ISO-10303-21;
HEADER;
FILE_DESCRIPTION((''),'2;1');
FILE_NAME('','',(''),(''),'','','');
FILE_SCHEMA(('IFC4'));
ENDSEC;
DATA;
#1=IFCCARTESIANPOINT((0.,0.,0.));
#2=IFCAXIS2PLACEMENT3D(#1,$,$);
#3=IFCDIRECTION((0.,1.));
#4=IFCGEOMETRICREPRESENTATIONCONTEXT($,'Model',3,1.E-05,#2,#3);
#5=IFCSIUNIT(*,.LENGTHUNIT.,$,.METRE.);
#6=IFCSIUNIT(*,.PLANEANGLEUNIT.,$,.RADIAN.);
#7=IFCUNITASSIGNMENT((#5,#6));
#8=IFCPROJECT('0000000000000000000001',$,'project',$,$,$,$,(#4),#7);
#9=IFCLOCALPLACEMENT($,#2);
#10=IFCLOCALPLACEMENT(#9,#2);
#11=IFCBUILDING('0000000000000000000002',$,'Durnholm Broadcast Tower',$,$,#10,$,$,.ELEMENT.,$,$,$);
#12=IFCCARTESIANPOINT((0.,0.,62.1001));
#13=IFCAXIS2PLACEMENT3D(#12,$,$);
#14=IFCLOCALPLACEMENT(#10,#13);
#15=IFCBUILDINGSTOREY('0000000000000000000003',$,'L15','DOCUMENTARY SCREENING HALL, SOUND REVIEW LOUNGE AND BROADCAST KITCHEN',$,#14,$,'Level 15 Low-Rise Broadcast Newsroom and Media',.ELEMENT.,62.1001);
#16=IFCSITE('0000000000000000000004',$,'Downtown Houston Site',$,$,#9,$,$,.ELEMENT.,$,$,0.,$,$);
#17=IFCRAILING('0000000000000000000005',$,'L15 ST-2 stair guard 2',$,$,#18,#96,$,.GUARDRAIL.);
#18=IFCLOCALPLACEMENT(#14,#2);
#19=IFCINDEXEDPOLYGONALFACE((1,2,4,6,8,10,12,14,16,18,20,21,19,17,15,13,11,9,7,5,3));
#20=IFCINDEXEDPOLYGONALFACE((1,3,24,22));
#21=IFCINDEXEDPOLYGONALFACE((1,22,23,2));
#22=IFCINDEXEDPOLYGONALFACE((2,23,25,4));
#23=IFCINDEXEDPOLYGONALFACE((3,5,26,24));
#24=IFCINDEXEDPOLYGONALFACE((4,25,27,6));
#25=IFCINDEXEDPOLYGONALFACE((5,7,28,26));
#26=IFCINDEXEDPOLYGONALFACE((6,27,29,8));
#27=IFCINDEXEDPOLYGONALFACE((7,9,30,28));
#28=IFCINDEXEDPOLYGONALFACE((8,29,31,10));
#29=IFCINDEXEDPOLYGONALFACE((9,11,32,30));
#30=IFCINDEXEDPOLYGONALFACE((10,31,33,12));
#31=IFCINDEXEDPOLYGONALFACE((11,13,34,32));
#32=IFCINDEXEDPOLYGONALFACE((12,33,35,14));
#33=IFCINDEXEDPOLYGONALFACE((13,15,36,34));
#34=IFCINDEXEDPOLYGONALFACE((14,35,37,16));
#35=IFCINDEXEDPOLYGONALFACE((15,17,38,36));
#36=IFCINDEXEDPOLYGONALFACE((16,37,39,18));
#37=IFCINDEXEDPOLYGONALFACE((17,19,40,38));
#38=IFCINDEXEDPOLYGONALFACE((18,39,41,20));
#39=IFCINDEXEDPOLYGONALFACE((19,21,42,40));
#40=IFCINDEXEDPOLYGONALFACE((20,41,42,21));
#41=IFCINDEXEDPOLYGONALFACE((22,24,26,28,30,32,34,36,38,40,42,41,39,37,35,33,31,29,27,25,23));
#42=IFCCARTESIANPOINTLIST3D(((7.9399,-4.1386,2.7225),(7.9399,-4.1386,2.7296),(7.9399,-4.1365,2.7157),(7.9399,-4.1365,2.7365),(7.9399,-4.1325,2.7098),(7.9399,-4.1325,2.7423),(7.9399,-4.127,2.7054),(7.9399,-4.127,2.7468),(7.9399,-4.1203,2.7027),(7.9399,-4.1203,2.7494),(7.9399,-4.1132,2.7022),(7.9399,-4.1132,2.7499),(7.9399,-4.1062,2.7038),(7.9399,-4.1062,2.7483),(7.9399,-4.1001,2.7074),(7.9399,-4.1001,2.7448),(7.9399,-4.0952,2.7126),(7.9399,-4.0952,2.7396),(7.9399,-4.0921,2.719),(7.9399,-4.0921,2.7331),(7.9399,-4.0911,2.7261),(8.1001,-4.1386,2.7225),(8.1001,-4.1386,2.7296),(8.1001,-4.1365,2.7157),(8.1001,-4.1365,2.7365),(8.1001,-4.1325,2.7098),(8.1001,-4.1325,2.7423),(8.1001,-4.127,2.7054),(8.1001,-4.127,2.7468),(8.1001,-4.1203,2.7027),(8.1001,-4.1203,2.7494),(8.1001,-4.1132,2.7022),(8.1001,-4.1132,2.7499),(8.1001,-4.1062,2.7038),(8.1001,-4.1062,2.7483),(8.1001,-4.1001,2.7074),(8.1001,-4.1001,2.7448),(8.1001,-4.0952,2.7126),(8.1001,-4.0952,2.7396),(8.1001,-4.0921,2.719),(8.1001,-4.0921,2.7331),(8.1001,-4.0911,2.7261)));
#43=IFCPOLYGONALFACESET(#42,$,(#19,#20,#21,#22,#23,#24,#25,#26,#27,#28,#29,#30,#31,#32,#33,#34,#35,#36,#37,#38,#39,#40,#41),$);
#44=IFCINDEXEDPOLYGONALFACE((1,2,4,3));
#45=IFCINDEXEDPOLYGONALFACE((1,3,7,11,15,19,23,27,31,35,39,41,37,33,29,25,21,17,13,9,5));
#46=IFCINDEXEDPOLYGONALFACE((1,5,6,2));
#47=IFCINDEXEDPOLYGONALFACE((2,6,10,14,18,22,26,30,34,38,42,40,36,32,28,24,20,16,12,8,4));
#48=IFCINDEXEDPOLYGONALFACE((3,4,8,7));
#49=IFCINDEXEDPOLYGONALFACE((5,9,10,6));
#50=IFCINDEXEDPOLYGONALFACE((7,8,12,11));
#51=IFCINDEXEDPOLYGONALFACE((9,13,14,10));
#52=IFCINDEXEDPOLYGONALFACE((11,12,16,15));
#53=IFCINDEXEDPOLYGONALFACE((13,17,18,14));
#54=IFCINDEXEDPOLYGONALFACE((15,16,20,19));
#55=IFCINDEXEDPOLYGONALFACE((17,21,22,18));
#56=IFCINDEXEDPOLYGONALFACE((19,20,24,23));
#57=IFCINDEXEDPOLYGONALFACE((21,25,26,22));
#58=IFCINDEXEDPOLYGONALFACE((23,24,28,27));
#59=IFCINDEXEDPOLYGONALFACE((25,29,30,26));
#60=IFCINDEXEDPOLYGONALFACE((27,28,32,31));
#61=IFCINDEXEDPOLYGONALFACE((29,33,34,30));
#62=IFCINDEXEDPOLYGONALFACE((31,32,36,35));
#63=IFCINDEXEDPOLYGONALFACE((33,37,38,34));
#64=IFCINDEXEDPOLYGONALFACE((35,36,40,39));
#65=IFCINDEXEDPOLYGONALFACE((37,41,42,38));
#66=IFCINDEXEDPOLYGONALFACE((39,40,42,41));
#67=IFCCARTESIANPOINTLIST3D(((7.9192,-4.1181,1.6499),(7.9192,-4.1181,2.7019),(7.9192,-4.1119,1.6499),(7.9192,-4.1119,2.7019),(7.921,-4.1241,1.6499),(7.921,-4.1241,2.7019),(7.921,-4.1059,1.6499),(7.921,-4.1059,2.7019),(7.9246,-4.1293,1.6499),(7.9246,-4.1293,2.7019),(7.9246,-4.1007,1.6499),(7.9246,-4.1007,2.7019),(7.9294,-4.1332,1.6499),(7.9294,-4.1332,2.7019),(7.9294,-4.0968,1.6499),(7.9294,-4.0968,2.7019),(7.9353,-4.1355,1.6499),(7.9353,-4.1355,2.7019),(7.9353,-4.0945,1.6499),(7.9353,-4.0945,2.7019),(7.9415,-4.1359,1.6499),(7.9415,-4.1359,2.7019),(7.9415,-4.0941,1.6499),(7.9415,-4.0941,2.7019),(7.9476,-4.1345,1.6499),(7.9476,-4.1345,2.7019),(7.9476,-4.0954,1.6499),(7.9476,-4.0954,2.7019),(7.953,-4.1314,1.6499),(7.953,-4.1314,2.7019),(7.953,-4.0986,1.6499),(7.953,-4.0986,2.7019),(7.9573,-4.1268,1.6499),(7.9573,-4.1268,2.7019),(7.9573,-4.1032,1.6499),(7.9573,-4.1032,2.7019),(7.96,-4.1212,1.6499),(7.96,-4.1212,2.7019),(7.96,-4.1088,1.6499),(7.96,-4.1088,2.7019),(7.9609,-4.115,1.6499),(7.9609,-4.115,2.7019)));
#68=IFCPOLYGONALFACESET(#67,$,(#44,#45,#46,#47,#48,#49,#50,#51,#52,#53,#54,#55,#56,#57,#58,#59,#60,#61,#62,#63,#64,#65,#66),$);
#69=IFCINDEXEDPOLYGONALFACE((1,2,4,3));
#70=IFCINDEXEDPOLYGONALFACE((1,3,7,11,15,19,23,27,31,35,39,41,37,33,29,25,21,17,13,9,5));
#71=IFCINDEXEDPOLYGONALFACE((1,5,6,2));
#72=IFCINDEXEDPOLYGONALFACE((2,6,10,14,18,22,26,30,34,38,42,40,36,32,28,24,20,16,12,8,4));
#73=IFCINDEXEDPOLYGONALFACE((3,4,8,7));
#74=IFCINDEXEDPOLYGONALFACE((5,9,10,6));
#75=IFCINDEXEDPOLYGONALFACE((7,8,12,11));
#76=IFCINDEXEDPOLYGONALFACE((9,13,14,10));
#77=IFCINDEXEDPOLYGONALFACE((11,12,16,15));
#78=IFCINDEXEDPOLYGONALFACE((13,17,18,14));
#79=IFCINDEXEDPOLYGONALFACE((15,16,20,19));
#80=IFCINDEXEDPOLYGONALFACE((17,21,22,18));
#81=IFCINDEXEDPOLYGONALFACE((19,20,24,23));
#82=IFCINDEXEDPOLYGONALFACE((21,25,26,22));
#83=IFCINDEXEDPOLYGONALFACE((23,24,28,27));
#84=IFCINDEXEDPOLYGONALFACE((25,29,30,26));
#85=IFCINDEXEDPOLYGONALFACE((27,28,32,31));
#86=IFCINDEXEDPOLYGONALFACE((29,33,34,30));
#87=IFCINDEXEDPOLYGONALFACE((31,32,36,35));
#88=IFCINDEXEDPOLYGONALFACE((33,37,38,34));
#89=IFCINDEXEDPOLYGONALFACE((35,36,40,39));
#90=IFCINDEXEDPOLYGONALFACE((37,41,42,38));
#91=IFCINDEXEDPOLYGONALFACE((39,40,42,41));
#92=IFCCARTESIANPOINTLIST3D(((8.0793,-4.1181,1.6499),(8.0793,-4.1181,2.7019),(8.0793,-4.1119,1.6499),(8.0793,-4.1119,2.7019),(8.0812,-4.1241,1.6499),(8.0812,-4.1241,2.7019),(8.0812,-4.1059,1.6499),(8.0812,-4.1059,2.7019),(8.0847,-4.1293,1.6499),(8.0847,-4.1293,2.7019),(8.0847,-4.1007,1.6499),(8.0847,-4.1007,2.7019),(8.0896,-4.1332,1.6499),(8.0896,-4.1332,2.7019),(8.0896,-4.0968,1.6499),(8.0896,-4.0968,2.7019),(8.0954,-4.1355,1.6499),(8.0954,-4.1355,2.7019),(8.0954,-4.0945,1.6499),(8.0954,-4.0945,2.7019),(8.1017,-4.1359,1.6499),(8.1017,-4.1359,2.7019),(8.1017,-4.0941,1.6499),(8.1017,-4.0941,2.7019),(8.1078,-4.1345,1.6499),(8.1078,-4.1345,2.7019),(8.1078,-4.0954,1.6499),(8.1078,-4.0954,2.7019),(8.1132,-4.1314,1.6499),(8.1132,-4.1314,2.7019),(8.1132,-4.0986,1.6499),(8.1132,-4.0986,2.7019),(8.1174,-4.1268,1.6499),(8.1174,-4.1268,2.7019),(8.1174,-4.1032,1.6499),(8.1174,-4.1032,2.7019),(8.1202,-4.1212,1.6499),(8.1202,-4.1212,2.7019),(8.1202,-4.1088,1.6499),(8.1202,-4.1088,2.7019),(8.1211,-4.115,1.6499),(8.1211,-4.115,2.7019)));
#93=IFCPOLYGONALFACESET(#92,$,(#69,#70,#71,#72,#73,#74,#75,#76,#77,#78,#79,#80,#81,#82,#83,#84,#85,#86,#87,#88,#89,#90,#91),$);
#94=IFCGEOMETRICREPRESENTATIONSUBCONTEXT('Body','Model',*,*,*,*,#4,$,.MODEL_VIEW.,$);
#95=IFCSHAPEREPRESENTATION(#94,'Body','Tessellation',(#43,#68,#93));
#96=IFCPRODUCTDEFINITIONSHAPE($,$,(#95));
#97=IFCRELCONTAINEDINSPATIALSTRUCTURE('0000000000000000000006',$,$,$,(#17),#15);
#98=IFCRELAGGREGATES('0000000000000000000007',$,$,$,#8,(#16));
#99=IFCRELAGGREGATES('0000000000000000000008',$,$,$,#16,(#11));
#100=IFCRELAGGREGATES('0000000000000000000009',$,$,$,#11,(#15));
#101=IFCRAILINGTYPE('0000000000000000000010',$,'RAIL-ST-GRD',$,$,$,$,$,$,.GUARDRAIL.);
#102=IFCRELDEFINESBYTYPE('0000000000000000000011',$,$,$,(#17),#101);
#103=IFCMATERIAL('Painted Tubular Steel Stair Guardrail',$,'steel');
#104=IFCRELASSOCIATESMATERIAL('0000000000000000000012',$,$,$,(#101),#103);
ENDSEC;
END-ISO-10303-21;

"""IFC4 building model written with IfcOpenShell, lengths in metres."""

from ifc_helpers import new_model, si_unit, direction, frame, origin, origin_2d, place, context, subcontext, project, spatial, circle, extrude, material, type_object, element, save


model = new_model("IFC4")

# Units and contexts
model_context = context("Model", 3, precision=1e-05, world=origin(), true_north=direction((0.0, 1.0)))
body_context = subcontext(model_context, "Body", "Model", "MODEL_VIEW")
ifc_project = project(units=[si_unit("LENGTHUNIT", "METRE"), si_unit("PLANEANGLEUNIT", "RADIAN")], contexts=[model_context])

# Site, building, storey
site_placement = place(None, origin())
site = spatial("IfcSite", under=ifc_project, at=site_placement, Name="Downtown Houston Site", CompositionType="ELEMENT", RefElevation=0.0)
building_placement = place(site_placement, origin())
building = spatial("IfcBuilding", under=site, at=building_placement, Name="Durnholm Broadcast Tower", CompositionType="ELEMENT")
storey_placement = place(building_placement, frame((0.0, 0.0, 62.1001)))
storey = spatial("IfcBuildingStorey", under=building, at=storey_placement, Name="L15", Description="DOCUMENTARY SCREENING HALL, SOUND REVIEW LOUNGE AND BROADCAST KITCHEN", LongName="Level 15 Low-Rise Broadcast Newsroom and Media", CompositionType="ELEMENT", Elevation=62.1001)

# Railing
ifc_material_1 = material(Name="Painted Tubular Steel Stair Guardrail", Category="steel")
railing_type_1 = type_object("IfcRailingType", Name="RAIL-ST-GRD", PredefinedType="GUARDRAIL", material=ifc_material_1)
railing_1_placement = place(storey_placement, frame((7.9399, -4.115, 1.6499)))
element("IfcRailing", 1, at=railing_1_placement, inside=storey, type_object=railing_type_1, Name="L15 ST-2 stair guard 2", PredefinedType="GUARDRAIL", context=body_context, shape_type="SweptSolid", body=[
    extrude(circle(Radius=0.0239, at=origin_2d()), frame((0.0, 0.0, 1.0762), z_axis=(1.0, 0.0, 0.0), x_axis=(0.0, 1.0, 0.0)), (0.0, 0.0, 1.0), 0.1602),
    extrude(circle(Radius=0.021, at=origin_2d()), origin(), (0.0, 0.0, 1.0), 1.052),
    extrude(circle(Radius=0.021, at=origin_2d()), frame((0.1602, 0.0, 0.0)), (0.0, 0.0, 1.0), 1.052),
])

save(model, "model.ifc")
